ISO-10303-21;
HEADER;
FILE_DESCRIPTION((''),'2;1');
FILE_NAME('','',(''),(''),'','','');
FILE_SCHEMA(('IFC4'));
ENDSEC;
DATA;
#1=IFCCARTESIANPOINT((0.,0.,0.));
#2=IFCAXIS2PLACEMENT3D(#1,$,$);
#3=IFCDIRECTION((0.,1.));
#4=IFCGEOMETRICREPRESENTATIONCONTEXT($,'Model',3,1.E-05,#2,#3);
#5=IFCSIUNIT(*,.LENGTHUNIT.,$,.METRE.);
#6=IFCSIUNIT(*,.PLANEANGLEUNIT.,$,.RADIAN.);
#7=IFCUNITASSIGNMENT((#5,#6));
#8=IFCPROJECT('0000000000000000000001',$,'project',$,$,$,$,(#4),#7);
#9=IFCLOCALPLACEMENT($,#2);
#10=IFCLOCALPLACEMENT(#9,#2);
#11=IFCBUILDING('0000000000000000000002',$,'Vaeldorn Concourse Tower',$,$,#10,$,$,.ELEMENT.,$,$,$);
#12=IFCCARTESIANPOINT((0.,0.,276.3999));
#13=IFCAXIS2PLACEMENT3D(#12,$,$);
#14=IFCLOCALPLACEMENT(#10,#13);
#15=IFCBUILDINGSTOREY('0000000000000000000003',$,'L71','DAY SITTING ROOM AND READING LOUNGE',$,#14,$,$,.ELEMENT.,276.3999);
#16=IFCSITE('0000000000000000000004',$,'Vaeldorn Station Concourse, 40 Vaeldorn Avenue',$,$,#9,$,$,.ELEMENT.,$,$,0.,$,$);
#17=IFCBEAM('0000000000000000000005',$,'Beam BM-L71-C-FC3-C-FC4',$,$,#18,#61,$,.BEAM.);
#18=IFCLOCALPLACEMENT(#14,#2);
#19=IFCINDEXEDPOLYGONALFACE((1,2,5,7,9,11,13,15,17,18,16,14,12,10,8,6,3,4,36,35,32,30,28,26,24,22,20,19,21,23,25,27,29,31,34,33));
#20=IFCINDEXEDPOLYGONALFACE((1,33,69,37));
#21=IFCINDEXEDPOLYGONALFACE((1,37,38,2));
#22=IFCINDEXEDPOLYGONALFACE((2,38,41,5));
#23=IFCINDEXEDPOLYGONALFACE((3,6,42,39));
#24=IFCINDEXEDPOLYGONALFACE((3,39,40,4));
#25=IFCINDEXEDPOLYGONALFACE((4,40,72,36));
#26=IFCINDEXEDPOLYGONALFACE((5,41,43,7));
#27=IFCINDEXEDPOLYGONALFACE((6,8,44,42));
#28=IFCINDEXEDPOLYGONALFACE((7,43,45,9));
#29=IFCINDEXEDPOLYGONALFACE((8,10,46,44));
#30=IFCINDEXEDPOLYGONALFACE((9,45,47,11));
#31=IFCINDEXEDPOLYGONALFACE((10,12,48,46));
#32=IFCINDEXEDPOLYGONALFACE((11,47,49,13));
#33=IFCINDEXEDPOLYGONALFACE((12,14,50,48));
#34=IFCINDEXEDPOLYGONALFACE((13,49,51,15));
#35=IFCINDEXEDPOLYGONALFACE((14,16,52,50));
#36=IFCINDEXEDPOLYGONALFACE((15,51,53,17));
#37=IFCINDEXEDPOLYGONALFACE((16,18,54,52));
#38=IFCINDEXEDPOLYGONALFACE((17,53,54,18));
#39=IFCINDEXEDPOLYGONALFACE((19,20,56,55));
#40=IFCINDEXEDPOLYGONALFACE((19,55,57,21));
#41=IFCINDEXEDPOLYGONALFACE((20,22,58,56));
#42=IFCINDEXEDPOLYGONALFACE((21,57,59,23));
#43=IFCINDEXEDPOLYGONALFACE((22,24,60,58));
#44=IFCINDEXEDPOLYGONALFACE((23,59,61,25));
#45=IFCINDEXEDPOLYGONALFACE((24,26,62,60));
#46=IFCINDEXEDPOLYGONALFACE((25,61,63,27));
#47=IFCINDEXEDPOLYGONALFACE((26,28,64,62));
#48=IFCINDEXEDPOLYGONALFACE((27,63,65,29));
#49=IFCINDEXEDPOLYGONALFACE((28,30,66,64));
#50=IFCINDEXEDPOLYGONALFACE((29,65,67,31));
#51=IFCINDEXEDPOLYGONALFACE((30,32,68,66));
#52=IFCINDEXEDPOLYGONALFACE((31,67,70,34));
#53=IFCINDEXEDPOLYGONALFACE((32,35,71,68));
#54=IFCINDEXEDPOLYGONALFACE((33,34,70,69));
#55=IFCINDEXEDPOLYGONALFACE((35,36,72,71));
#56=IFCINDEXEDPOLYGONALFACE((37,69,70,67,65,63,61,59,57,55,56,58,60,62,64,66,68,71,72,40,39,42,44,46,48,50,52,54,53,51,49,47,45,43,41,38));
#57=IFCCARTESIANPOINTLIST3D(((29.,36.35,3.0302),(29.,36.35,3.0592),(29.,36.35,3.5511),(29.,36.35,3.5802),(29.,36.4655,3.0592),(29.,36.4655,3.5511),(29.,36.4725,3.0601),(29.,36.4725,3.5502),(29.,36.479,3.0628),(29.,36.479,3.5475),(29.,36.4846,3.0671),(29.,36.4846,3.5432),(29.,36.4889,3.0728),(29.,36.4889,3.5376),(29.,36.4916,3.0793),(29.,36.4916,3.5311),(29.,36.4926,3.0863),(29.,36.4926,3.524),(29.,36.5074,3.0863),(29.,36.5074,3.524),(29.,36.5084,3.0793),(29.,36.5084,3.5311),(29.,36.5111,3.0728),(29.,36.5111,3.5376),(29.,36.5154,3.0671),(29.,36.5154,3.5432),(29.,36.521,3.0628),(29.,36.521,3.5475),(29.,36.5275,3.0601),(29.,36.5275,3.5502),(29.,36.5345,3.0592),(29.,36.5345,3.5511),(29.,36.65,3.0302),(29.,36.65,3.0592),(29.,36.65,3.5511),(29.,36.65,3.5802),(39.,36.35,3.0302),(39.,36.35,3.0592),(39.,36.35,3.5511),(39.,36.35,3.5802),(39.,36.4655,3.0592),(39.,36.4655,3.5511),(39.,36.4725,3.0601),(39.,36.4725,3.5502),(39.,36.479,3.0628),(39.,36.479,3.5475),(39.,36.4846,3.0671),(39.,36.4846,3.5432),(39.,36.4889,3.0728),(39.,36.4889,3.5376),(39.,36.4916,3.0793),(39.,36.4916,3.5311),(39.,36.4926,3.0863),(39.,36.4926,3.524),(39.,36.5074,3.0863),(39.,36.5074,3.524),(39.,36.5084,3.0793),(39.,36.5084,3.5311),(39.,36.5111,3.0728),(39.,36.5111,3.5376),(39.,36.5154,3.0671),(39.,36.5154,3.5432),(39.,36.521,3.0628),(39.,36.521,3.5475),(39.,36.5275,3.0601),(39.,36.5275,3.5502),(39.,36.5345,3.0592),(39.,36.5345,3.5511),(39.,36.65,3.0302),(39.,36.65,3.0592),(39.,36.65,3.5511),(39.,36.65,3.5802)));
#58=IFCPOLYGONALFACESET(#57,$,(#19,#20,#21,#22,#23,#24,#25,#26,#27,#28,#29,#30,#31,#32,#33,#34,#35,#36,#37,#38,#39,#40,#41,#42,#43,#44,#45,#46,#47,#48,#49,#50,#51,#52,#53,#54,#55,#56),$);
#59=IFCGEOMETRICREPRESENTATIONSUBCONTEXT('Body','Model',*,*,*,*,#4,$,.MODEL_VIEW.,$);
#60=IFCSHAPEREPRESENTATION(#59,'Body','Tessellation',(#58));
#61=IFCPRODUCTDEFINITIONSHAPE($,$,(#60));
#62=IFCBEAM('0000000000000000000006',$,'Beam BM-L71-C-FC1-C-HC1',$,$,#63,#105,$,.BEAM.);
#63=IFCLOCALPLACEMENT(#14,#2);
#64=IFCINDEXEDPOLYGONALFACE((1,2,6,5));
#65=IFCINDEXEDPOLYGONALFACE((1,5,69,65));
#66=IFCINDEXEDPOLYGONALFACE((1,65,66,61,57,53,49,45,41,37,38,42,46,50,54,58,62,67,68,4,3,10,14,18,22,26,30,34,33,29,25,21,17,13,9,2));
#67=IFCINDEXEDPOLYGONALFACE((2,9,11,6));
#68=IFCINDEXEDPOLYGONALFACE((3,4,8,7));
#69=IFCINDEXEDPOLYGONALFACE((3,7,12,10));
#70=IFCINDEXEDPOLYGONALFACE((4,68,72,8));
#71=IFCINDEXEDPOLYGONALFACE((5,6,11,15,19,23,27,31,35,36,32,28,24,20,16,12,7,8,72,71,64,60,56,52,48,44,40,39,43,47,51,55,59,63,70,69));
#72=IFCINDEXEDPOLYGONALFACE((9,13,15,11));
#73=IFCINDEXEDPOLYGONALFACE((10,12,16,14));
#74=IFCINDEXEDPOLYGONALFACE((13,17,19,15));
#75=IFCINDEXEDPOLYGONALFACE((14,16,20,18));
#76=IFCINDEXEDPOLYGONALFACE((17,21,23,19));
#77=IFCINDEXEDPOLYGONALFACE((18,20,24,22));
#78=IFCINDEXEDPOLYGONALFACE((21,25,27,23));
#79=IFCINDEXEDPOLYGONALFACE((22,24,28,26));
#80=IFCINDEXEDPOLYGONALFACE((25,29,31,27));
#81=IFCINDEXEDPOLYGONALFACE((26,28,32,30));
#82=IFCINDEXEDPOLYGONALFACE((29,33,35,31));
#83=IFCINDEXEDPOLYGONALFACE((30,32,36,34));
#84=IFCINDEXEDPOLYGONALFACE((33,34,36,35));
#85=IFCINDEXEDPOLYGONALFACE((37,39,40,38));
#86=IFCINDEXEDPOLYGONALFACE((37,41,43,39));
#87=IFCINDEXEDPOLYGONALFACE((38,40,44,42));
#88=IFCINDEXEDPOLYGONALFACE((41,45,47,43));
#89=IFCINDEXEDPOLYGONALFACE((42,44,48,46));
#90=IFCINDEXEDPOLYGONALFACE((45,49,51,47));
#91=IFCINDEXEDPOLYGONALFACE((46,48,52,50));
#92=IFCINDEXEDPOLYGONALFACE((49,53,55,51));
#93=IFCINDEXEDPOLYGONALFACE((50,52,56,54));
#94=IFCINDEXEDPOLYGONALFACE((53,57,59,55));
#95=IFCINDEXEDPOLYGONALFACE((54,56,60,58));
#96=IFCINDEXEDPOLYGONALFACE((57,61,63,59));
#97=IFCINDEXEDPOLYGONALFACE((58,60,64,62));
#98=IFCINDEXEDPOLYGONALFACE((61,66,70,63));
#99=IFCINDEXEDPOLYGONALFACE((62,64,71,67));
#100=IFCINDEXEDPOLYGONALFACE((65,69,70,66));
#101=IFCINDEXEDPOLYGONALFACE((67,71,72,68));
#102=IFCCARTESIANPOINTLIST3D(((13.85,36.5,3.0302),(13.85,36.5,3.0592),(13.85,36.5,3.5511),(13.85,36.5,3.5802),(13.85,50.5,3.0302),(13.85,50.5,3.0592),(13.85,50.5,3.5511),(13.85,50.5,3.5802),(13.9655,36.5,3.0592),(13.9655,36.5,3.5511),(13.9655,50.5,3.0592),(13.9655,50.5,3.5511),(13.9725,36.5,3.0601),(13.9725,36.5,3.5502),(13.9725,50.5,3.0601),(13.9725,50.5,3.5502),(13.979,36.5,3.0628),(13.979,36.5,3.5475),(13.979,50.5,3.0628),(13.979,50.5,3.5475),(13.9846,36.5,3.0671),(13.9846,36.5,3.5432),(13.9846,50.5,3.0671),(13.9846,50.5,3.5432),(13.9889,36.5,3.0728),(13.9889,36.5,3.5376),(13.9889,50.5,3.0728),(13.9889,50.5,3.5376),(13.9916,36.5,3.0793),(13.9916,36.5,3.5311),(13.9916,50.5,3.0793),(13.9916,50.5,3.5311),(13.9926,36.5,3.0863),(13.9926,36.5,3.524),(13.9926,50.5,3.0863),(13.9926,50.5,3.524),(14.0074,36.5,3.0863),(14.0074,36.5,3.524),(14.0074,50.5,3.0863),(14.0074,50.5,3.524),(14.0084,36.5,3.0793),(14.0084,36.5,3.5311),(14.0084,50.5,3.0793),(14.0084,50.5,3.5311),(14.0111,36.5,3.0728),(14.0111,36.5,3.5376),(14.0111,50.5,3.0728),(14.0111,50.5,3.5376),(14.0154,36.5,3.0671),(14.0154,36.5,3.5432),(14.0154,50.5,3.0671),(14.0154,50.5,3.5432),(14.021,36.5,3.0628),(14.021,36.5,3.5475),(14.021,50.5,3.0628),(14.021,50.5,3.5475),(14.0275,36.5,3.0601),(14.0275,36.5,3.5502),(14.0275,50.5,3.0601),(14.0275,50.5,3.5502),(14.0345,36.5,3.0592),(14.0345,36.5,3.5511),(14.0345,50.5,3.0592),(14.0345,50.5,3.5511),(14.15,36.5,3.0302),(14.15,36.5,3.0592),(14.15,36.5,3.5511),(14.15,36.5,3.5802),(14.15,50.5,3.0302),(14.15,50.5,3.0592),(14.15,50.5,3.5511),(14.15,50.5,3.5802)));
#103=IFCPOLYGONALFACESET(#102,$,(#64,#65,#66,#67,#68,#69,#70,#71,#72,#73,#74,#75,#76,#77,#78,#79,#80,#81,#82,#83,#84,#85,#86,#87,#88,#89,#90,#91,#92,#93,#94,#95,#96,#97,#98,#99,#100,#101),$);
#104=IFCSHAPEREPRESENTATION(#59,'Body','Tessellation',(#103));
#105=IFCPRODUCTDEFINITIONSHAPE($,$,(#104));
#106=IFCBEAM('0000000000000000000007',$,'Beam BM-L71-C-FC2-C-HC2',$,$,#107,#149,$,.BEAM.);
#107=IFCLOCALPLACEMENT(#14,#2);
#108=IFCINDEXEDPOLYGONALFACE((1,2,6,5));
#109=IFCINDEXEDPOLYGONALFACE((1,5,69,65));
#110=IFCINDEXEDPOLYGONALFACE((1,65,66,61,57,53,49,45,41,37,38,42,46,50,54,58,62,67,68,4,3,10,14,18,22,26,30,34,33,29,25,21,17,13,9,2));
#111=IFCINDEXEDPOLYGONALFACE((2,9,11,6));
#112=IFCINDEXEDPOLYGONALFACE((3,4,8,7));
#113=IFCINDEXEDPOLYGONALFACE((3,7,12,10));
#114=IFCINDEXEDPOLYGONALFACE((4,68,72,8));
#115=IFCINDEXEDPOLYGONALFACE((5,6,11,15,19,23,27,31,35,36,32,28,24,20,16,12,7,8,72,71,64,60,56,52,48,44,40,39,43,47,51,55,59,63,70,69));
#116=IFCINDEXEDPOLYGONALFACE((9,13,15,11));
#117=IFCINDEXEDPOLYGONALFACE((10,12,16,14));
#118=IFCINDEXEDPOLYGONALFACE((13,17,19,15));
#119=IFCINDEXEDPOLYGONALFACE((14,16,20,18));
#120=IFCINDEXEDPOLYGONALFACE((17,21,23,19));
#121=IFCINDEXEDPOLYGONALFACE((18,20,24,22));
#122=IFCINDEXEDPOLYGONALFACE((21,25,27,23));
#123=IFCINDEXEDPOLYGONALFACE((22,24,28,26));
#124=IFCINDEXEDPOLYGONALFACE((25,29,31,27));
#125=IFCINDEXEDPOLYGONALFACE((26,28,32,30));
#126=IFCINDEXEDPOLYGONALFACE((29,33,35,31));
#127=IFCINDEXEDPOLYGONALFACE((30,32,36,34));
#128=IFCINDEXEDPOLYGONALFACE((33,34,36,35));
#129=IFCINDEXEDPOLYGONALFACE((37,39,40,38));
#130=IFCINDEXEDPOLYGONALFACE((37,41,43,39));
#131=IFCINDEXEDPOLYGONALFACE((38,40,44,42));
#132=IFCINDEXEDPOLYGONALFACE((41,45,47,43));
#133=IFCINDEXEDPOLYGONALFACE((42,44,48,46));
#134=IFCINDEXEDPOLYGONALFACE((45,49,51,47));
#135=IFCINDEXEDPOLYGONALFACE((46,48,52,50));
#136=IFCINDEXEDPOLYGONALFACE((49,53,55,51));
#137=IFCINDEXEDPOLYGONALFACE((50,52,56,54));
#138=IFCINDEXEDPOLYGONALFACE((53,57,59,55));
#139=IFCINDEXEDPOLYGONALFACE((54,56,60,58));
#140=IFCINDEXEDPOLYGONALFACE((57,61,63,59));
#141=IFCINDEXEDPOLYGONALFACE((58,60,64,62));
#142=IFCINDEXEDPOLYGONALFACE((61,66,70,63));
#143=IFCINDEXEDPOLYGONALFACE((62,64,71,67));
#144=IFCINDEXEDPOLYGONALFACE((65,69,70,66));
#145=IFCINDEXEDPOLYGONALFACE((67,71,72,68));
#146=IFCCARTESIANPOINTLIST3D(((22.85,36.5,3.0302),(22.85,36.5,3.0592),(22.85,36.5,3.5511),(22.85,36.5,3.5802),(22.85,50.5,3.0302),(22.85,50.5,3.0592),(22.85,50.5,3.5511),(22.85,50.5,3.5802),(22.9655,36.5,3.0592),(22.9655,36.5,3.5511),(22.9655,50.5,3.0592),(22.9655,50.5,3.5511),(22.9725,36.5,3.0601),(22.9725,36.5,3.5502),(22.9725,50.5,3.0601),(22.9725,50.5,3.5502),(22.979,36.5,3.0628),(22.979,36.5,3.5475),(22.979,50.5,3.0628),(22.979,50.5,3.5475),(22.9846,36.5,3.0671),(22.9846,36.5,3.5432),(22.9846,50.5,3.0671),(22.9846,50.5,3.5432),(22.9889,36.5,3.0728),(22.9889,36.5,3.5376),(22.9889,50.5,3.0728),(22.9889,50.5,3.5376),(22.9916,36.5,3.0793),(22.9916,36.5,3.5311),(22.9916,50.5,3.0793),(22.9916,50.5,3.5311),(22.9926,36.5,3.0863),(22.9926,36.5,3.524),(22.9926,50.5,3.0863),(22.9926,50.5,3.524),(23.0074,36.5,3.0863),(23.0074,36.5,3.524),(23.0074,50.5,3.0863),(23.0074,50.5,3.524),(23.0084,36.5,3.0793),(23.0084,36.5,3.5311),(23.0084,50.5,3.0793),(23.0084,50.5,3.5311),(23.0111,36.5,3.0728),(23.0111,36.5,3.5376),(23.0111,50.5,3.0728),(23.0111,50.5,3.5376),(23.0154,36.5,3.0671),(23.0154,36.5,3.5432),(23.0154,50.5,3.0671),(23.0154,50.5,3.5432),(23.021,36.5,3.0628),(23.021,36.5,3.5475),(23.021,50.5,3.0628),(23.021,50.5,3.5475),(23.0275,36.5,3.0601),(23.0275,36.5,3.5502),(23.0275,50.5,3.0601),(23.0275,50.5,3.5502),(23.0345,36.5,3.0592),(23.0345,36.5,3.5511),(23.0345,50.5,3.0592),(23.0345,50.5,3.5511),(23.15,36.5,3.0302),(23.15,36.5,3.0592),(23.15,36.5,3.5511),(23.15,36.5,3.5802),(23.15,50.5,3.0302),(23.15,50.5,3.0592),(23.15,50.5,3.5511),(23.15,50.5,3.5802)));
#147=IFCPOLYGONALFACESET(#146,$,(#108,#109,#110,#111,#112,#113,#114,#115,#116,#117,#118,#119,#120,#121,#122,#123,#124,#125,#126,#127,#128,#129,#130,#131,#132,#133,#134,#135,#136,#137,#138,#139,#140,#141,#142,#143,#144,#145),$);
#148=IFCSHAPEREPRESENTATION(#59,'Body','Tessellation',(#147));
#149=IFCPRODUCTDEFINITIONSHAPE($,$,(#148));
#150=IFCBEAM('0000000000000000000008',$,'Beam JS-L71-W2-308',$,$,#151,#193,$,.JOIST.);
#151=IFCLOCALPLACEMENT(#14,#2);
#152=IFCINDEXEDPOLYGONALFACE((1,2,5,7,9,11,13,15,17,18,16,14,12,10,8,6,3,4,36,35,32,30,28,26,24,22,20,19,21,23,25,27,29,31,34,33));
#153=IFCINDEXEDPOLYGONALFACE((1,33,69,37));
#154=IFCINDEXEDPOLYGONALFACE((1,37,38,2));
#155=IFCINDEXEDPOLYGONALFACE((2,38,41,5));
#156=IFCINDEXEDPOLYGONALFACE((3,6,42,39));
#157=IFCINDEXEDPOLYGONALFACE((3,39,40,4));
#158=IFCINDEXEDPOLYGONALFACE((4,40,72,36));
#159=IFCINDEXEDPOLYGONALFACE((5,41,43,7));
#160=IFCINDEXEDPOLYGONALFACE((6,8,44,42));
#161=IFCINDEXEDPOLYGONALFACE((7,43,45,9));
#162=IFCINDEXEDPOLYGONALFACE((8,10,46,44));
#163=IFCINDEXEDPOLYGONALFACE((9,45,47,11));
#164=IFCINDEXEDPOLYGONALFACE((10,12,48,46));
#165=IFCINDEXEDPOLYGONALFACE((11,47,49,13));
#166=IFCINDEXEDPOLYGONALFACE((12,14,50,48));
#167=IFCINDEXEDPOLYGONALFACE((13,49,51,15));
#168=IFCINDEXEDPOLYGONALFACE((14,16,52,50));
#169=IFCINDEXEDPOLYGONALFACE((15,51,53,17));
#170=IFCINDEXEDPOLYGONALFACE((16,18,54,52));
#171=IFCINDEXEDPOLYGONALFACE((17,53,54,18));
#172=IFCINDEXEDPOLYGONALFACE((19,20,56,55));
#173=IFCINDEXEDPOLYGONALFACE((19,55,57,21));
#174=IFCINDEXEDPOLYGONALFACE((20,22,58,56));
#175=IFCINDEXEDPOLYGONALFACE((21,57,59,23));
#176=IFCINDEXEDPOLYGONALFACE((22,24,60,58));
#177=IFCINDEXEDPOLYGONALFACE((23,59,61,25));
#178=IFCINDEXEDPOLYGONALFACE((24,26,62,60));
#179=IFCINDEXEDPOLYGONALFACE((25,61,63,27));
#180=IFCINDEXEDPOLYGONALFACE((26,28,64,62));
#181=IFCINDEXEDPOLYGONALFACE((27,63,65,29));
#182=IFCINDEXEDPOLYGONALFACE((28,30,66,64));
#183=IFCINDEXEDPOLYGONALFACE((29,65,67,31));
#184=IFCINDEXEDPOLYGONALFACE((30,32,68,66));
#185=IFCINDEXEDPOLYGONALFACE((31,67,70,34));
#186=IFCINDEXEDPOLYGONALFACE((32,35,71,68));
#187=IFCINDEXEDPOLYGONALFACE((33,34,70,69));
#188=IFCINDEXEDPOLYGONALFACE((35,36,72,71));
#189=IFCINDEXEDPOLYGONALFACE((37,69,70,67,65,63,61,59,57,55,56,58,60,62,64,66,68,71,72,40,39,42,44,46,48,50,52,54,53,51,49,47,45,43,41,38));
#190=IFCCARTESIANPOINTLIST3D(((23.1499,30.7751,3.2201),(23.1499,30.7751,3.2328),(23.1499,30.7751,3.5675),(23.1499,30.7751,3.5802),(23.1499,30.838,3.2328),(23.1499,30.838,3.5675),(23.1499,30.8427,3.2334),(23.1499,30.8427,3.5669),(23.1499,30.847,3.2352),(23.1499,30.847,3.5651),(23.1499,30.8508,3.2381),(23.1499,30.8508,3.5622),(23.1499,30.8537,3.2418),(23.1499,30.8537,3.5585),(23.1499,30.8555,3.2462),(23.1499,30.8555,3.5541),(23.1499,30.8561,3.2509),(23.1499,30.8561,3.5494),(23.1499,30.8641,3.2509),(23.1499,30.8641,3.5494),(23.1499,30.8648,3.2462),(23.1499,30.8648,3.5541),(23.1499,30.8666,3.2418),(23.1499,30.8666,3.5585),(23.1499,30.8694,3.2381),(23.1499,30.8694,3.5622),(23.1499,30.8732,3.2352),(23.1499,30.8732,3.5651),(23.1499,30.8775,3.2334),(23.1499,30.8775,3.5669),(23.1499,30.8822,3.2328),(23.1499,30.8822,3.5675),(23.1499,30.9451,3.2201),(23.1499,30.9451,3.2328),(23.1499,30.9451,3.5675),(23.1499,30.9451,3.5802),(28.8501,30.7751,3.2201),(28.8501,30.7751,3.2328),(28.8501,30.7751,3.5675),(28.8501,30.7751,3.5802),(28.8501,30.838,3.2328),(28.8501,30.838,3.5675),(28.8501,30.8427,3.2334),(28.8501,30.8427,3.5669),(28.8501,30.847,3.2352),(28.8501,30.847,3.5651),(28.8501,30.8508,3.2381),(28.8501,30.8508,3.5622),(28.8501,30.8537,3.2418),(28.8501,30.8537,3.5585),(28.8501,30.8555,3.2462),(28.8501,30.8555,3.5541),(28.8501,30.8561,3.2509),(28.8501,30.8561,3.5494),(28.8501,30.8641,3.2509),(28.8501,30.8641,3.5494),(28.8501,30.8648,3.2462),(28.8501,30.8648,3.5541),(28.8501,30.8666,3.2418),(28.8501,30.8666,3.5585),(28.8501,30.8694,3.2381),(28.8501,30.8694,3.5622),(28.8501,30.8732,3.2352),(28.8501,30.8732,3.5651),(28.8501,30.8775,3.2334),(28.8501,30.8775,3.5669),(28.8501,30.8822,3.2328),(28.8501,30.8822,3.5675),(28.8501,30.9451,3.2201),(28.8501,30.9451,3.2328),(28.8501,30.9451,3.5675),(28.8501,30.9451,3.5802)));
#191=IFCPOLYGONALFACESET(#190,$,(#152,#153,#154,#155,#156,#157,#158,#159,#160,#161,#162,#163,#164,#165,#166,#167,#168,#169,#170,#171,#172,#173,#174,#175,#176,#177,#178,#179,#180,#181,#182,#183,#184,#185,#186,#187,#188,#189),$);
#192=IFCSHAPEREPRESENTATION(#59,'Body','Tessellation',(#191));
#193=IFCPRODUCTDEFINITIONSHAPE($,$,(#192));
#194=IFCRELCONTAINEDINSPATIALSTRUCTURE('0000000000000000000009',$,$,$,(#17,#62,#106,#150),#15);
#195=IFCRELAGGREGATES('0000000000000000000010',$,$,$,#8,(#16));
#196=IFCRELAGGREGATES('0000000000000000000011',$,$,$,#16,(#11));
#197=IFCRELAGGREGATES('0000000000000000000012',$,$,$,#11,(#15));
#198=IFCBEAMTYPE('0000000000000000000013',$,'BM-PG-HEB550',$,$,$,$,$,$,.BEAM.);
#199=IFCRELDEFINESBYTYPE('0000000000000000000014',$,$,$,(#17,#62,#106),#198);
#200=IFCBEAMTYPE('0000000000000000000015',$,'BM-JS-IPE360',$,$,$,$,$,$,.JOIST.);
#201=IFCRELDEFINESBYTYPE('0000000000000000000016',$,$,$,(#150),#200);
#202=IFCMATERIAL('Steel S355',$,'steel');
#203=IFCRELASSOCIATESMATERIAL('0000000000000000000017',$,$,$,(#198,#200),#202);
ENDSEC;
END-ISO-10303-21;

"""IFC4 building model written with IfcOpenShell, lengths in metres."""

from ifc_helpers import new_model, si_unit, direction, frame, origin, origin_2d, place, context, subcontext, project, spatial, i_section, extrude, source, transform, mapped, material, material_profile, profile_set, type_object, element, save


model = new_model("IFC4")

# Units and contexts
model_context = context("Model", 3, precision=1e-05, world=origin(), true_north=direction((0.0, 1.0)))
body_context = subcontext(model_context, "Body", "Model", "MODEL_VIEW")
ifc_project = project(units=[si_unit("LENGTHUNIT", "METRE"), si_unit("PLANEANGLEUNIT", "RADIAN")], contexts=[model_context])

# Site, building, storey
site_placement = place(None, origin())
site = spatial("IfcSite", under=ifc_project, at=site_placement, Name="Vaeldorn Station Concourse, 40 Vaeldorn Avenue", CompositionType="ELEMENT", RefElevation=0.0)
building_placement = place(site_placement, origin())
building = spatial("IfcBuilding", under=site, at=building_placement, Name="Vaeldorn Concourse Tower", CompositionType="ELEMENT")
storey_placement = place(building_placement, frame((0.0, 0.0, 276.3999)))
storey = spatial("IfcBuildingStorey", under=building, at=storey_placement, Name="L71", Description="DAY SITTING ROOM AND READING LOUNGE", CompositionType="ELEMENT", Elevation=276.3999)

# Shared definitions
ifc_material_1 = material(Name="Steel S355", Category="steel")

# Beams
ifc_material_profile_1 = material_profile(ifc_material_1, i_section(OverallWidth=0.3, OverallDepth=0.55, WebThickness=0.0149, FlangeThickness=0.0291, FilletRadius=0.0271, at=origin_2d()), Name="HEB 550")
ifc_profile_set_1 = profile_set([ifc_material_profile_1], Name="Steel S355")
beam_type_1 = type_object("IfcBeamType", Name="BM-PG-HEB550", PredefinedType="BEAM", material=ifc_profile_set_1)
shared_shape_1 = source(origin(), body_context, "Body", "SweptSolid", [
    extrude(i_section(OverallWidth=0.3, OverallDepth=0.55, WebThickness=0.0149, FlangeThickness=0.0291, FilletRadius=0.0271, at=origin_2d()), origin(), (0.0, 0.0, 1.0), 10.0),
])
beam_1_placement = place(storey_placement, frame((29.0, 36.5, 3.3052), z_axis=(1.0, 0.0, 0.0), x_axis=(0.0, 1.0, 0.0)))
element("IfcBeam", 1, at=beam_1_placement, inside=storey, type_object=beam_type_1, Name="Beam BM-L71-C-FC3-C-FC4", PredefinedType="BEAM", context=body_context, shape_type="MappedRepresentation", body=[
    mapped(shared_shape_1, transform((0.0, 0.0, 0.0), scale=1.0)),
])
shared_shape_2 = source(origin(), body_context, "Body", "SweptSolid", [
    extrude(i_section(OverallWidth=0.3, OverallDepth=0.55, WebThickness=0.0149, FlangeThickness=0.0291, FilletRadius=0.0271, at=origin_2d()), origin(), (0.0, 0.0, 1.0), 14.0),
])
for number, where, z_axis, x_axis, name in (
    (2, (14.0, 36.5, 3.3052), (0.0, 1.0, 0.0), (-1.0, 0.0, 0.0), "Beam BM-L71-C-FC1-C-HC1"),
    (3, (23.0, 36.5, 3.3052), (0.0, 1.0, 0.0), (-1.0, 0.0, 0.0), "Beam BM-L71-C-FC2-C-HC2"),
):
    element("IfcBeam", number, at=place(storey_placement, frame(where, z_axis=z_axis, x_axis=x_axis)), inside=storey, type_object=beam_type_1, Name=name, PredefinedType="BEAM", context=body_context, shape_type="MappedRepresentation", body=[
        mapped(shared_shape_2, transform((0.0, 0.0, 0.0), scale=1.0)),
    ])
ifc_material_profile_2 = material_profile(ifc_material_1, i_section(OverallWidth=0.1699, OverallDepth=0.3601, WebThickness=0.0081, FlangeThickness=0.0127, FilletRadius=0.0181, at=origin_2d()), Name="IPE 360")
ifc_profile_set_2 = profile_set([ifc_material_profile_2], Name="Steel S355")
beam_type_2 = type_object("IfcBeamType", Name="BM-JS-IPE360", PredefinedType="JOIST", material=ifc_profile_set_2)
shared_shape_3 = source(origin(), body_context, "Body", "SweptSolid", [
    extrude(i_section(OverallWidth=0.1699, OverallDepth=0.3601, WebThickness=0.0081, FlangeThickness=0.0127, FilletRadius=0.0181, at=origin_2d()), origin(), (0.0, 0.0, 1.0), 5.7002),
])
for number, where, z_axis, x_axis, name in (
    (4, (23.1499, 30.8601, 3.4001), (1.0, 0.0, 0.0), (0.0, 1.0, 0.0), "Beam JS-L71-W2-308"),
):
    element("IfcBeam", number, at=place(storey_placement, frame(where, z_axis=z_axis, x_axis=x_axis)), inside=storey, type_object=beam_type_2, Name=name, PredefinedType="JOIST", context=body_context, shape_type="MappedRepresentation", body=[
        mapped(shared_shape_3, transform((0.0, 0.0, 0.0), scale=1.0)),
    ])

save(model, "model.ifc")
